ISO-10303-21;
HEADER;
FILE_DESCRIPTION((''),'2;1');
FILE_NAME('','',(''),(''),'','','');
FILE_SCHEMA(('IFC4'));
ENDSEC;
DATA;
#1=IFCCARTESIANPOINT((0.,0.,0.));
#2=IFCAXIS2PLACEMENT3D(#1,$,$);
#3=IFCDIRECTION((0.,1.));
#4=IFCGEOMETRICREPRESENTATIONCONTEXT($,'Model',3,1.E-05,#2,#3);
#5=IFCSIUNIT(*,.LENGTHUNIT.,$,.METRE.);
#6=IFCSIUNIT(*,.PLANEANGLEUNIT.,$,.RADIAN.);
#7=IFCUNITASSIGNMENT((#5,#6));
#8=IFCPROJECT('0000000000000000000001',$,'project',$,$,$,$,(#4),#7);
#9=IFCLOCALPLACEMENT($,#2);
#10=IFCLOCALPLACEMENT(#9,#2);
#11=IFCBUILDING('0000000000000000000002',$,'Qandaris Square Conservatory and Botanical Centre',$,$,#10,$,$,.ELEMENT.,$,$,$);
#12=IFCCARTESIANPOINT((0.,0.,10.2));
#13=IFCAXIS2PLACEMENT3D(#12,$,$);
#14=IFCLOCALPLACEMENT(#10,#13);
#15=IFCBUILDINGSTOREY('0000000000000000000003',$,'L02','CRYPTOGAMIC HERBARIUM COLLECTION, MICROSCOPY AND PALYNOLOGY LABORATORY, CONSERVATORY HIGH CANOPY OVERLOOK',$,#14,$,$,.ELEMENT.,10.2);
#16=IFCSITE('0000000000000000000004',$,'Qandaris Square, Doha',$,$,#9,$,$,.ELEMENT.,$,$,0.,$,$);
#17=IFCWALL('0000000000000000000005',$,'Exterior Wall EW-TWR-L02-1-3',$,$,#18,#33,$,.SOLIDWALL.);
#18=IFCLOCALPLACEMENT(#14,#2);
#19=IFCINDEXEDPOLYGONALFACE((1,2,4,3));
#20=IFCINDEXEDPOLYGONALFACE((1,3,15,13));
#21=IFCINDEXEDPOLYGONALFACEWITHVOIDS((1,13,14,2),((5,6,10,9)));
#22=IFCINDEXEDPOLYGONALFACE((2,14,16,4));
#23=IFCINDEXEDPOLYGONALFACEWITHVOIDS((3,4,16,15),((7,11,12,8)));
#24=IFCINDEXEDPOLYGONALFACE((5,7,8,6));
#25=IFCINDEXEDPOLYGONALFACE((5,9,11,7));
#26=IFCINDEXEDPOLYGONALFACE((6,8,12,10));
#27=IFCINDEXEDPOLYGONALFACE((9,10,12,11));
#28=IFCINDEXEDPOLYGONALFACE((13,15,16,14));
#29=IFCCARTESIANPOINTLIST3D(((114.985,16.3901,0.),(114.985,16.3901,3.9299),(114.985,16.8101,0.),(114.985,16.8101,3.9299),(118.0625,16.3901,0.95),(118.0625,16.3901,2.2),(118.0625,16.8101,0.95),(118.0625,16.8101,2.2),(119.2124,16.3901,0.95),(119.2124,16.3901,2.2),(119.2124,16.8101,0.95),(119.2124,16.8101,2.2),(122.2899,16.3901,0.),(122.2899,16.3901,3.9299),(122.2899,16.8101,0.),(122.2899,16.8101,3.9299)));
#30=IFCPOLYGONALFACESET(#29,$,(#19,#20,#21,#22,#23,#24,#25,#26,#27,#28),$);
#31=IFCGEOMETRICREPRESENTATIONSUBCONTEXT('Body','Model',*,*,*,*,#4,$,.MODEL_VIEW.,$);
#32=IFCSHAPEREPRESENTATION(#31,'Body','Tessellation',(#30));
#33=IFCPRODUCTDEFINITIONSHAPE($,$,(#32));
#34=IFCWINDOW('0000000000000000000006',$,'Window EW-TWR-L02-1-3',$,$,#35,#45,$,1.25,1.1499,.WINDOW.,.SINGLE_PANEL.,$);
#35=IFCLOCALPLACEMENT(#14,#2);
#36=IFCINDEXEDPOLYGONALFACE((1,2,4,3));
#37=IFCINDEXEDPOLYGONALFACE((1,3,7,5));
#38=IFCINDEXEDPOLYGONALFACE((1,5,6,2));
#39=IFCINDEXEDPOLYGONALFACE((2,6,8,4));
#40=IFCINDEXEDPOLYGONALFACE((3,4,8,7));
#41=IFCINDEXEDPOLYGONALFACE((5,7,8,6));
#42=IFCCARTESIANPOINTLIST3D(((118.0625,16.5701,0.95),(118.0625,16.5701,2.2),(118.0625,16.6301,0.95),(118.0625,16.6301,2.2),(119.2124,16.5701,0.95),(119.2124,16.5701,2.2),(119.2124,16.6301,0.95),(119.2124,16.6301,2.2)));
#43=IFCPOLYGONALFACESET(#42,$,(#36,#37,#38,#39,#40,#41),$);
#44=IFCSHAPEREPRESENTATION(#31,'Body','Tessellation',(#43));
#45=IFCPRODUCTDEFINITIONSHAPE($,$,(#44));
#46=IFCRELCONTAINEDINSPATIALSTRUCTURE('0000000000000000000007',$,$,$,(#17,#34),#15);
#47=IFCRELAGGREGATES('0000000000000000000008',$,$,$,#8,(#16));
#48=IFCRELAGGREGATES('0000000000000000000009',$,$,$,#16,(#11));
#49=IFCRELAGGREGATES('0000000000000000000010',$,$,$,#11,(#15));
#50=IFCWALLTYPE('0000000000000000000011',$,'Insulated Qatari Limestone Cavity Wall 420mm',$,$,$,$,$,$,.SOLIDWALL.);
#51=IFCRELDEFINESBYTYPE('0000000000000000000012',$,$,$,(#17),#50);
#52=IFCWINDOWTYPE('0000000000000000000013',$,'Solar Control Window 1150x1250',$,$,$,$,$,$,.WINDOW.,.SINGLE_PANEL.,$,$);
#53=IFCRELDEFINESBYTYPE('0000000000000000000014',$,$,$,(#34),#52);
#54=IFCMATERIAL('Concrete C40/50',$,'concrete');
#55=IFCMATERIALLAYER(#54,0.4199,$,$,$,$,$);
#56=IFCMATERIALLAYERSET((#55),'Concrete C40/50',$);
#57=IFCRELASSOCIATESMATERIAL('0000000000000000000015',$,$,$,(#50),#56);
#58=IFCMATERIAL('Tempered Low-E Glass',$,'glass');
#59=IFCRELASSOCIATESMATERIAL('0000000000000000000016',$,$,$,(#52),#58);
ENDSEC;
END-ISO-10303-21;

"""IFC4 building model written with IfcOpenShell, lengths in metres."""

from ifc_helpers import new_model, si_unit, direction, frame, frame_2d, origin, place, context, subcontext, project, spatial, rectangle, extrude, material, layer, layer_set, type_object, element, fill, save


model = new_model("IFC4")

# Units and contexts
model_context = context("Model", 3, precision=1e-05, world=origin(), true_north=direction((0.0, 1.0)))
body_context = subcontext(model_context, "Body", "Model", "MODEL_VIEW")
ifc_project = project(units=[si_unit("LENGTHUNIT", "METRE"), si_unit("PLANEANGLEUNIT", "RADIAN")], contexts=[model_context])

# Site, building, storey
site_placement = place(None, origin())
site = spatial("IfcSite", under=ifc_project, at=site_placement, Name="Qandaris Square, Doha", CompositionType="ELEMENT", RefElevation=0.0)
building_placement = place(site_placement, origin())
building = spatial("IfcBuilding", under=site, at=building_placement, Name="Qandaris Square Conservatory and Botanical Centre", CompositionType="ELEMENT")
storey_placement = place(building_placement, frame((0.0, 0.0, 10.2)))
storey = spatial("IfcBuildingStorey", under=building, at=storey_placement, Name="L02", Description="CRYPTOGAMIC HERBARIUM COLLECTION, MICROSCOPY AND PALYNOLOGY LABORATORY, CONSERVATORY HIGH CANOPY OVERLOOK", CompositionType="ELEMENT", Elevation=10.2)

# Shared definitions
ifc_material_1 = material(Name="Concrete C40/50", Category="concrete")

# Wall, opening, window
ifc_layer_1 = layer(ifc_material_1, 0.4199)
ifc_layer_set_1 = layer_set([ifc_layer_1], Name="Concrete C40/50")
wall_type_1 = type_object("IfcWallType", Name="Insulated Qatari Limestone Cavity Wall 420mm", PredefinedType="SOLIDWALL", material=ifc_layer_set_1)
wall_placement = place(storey_placement, frame((114.9851, 16.6001, 0.0), z_axis=(0.0, 0.0, 1.0), x_axis=(1.0, 0.0, 0.0)))
wall = element("IfcWall", 1, at=wall_placement, inside=storey, type_object=wall_type_1, Name="Exterior Wall EW-TWR-L02-1-3", PredefinedType="SOLIDWALL", context=body_context, shape_type="SweptSolid", body=[
    extrude(rectangle(XDim=7.3049, YDim=0.4199, at=frame_2d((3.6523, 0.0))), origin(), (0.0, 0.0, 1.0), 3.9299),
])
opening_placement = place(wall_placement, frame((3.0774, 0.0, 0.95)))
opening = element("IfcOpeningElement", 2, at=opening_placement, cuts=wall, PredefinedType="OPENING", context=body_context, shape_type="SweptSolid", body=[
    extrude(rectangle(XDim=1.1499, YDim=1.25, at=frame_2d((0.575, 0.625))), frame((0.0, 0.2219, 0.0), z_axis=(0.0, -1.0, 0.0), x_axis=(1.0, 0.0, 0.0)), (0.0, 0.0, 1.0), 0.4438),
])
ifc_material_2 = material(Name="Tempered Low-E Glass", Category="glass")
window_type = type_object("IfcWindowType", Name="Solar Control Window 1150x1250", PartitioningType="SINGLE_PANEL", PredefinedType="WINDOW", material=ifc_material_2)
window_placement = place(opening_placement, origin())
window = element("IfcWindow", 3, at=window_placement, inside=storey, type_object=window_type, Name="Window EW-TWR-L02-1-3", OverallHeight=1.25, OverallWidth=1.1499, PartitioningType="SINGLE_PANEL", PredefinedType="WINDOW", context=body_context, shape_type="SweptSolid", body=[
    extrude(rectangle(XDim=1.1499, YDim=1.25, at=frame_2d((0.575, 0.625))), frame((0.0, 0.03, 0.0), z_axis=(0.0, -1.0, 0.0), x_axis=(1.0, 0.0, 0.0)), (0.0, 0.0, 1.0), 0.0601),
])
fill(opening, window)

save(model, "model.ifc")
